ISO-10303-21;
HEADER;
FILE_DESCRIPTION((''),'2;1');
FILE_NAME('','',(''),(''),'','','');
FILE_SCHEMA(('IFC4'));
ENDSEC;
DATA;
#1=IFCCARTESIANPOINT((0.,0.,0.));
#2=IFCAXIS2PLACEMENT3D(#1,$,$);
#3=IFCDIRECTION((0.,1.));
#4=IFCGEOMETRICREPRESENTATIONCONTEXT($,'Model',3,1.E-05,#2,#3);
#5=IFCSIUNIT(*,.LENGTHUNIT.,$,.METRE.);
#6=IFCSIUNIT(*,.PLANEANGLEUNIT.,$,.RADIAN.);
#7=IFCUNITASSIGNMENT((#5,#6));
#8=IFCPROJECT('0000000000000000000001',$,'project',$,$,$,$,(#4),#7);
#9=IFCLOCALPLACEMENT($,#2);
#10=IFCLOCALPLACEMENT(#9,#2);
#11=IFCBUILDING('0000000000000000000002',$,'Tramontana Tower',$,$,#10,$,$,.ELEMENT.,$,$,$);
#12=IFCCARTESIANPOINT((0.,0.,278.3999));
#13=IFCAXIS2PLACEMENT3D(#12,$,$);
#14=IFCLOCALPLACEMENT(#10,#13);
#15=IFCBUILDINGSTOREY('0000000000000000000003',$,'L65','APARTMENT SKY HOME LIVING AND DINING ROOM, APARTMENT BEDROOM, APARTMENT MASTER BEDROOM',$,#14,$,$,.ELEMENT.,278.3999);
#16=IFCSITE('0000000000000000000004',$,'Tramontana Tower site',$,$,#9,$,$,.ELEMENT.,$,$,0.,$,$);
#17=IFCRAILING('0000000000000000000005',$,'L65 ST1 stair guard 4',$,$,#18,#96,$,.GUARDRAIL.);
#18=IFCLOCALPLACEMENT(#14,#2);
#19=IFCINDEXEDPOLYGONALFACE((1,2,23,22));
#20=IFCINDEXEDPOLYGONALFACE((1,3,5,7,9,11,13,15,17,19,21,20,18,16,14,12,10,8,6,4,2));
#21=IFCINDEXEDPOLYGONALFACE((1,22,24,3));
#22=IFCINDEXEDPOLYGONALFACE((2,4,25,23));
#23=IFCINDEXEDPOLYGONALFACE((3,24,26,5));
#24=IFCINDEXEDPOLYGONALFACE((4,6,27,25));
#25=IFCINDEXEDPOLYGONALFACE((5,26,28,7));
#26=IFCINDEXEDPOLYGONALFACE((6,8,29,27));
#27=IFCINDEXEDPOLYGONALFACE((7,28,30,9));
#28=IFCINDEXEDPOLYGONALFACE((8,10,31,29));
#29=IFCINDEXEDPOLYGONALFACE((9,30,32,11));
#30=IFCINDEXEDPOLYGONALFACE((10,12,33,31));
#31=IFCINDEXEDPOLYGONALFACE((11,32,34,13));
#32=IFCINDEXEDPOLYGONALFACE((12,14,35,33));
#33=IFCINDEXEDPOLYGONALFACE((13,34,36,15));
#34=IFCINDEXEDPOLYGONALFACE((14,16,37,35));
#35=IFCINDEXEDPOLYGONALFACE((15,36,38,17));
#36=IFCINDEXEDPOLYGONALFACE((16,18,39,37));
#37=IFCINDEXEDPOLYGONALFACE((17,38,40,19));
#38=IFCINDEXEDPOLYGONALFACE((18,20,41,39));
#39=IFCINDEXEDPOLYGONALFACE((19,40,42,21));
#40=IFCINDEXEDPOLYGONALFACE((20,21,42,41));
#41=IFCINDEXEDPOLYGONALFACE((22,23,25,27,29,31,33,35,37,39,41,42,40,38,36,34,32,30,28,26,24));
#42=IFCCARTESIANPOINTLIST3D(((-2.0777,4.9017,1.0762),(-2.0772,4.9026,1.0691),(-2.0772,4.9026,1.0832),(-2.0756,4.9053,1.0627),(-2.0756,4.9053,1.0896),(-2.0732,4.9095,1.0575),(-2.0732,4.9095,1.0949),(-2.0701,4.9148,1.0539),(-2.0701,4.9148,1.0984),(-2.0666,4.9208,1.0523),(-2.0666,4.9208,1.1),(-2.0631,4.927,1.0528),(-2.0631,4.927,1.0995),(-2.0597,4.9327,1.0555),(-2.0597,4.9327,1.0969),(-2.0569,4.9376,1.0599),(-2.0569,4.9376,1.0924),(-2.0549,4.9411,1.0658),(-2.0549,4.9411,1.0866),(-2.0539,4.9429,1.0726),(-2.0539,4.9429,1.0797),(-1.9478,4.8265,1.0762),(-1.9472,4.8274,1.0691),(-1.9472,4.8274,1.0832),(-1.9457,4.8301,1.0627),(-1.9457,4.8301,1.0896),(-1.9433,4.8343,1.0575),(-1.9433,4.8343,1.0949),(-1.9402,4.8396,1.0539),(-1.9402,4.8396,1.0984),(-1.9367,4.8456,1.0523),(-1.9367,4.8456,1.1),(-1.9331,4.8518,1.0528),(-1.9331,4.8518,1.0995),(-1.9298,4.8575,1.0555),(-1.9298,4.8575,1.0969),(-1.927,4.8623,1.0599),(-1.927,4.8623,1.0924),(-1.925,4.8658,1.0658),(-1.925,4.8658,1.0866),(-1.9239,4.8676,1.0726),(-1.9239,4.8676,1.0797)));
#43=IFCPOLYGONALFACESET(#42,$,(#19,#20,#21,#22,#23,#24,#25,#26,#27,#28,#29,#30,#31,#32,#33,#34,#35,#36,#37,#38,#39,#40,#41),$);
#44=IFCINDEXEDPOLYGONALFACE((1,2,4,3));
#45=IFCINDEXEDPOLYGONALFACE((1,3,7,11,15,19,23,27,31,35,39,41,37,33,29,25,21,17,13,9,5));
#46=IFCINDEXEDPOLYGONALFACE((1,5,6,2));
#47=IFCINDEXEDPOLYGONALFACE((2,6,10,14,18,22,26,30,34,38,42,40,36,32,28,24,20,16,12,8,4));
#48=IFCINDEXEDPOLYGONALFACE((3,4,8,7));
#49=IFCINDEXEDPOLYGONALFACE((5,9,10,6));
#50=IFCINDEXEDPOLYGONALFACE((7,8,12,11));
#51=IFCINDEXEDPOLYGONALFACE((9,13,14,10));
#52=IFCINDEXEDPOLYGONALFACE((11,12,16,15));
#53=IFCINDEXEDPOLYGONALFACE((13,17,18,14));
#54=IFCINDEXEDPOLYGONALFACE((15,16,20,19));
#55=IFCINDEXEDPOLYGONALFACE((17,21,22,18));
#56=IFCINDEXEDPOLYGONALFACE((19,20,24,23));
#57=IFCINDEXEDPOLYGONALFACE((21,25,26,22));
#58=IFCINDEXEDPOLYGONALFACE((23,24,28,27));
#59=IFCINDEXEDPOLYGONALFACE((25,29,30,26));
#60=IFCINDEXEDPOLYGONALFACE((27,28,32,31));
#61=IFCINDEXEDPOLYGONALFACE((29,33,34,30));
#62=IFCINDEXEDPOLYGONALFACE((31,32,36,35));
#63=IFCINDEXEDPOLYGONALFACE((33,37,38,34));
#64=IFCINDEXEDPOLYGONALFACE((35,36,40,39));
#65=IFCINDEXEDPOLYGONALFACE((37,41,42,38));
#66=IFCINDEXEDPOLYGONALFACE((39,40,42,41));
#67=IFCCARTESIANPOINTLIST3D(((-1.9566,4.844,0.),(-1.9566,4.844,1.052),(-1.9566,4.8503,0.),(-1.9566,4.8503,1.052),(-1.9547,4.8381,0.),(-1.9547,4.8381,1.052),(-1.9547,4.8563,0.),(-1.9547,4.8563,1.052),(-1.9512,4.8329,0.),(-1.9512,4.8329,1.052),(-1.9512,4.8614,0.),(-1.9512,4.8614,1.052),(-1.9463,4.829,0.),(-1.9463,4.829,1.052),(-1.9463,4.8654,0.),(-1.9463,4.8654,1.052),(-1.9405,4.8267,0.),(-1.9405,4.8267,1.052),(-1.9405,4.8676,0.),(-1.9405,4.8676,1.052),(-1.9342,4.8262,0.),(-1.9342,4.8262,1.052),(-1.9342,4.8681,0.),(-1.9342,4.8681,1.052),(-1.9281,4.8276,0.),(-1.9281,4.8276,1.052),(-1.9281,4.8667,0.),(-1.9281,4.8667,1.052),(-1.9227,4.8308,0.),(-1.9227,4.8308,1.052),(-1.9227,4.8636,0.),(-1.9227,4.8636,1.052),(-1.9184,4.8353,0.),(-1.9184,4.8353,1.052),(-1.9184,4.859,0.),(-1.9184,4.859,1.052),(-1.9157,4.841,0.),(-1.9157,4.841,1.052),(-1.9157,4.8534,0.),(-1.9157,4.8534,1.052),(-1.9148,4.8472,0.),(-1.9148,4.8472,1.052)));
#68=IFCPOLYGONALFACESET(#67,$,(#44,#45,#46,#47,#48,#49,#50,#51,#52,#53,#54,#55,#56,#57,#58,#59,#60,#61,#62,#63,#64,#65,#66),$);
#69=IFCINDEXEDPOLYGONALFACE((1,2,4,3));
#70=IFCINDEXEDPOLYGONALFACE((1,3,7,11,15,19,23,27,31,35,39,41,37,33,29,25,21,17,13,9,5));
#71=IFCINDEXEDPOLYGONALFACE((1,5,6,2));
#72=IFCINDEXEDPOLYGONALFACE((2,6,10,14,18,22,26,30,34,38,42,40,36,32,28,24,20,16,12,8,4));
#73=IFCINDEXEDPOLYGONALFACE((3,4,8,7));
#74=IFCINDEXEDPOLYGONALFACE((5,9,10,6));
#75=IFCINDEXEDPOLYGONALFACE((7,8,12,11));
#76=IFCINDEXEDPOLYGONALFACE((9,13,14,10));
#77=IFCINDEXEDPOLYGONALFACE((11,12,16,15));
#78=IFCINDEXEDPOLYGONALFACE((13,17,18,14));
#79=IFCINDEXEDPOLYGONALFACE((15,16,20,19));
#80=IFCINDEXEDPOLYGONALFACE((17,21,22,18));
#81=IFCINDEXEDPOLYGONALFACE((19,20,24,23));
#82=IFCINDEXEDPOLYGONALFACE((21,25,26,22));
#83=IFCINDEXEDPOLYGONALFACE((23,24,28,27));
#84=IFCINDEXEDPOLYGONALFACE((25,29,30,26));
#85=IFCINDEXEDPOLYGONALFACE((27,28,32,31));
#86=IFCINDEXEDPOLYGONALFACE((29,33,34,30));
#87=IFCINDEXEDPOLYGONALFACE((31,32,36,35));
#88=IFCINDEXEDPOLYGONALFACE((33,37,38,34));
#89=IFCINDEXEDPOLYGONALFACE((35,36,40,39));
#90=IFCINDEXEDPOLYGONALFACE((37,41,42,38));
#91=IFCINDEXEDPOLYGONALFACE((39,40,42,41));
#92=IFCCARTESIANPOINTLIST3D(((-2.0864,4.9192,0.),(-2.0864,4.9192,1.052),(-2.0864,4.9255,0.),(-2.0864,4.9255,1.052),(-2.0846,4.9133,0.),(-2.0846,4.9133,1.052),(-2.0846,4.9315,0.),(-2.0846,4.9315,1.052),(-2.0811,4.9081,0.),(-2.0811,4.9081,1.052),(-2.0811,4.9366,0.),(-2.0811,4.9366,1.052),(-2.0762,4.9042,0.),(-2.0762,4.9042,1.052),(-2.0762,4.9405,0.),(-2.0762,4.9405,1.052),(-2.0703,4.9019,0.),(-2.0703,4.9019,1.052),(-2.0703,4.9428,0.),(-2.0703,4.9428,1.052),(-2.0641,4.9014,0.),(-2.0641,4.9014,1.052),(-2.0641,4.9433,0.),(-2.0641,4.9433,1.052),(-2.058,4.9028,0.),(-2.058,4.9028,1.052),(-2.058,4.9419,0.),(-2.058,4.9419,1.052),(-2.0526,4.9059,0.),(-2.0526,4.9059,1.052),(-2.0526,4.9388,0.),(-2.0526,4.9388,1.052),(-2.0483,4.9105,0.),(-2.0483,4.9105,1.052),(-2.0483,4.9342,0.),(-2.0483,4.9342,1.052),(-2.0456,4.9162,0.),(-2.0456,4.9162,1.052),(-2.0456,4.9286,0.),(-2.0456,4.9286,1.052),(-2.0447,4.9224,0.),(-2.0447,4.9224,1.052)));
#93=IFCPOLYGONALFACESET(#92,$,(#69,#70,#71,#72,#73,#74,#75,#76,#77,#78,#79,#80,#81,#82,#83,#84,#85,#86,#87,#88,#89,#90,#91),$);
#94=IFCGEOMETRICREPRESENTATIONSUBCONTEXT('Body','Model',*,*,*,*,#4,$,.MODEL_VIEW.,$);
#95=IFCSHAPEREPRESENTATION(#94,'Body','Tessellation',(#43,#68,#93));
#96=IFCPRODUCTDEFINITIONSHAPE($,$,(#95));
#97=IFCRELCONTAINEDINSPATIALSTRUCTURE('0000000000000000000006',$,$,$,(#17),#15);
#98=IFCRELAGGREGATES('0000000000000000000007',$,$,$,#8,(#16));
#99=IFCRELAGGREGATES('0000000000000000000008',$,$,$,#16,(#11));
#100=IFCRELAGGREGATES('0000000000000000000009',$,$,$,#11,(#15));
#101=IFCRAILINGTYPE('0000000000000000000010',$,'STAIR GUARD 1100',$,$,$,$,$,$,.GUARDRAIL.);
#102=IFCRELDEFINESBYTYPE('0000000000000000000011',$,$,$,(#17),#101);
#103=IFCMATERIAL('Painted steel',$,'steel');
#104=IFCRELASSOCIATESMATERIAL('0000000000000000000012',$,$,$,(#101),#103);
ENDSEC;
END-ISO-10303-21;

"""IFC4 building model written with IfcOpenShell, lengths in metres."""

from ifc_helpers import new_model, si_unit, direction, frame, origin, origin_2d, place, context, subcontext, project, spatial, circle, extrude, material, type_object, element, save


model = new_model("IFC4")

# Units and contexts
model_context = context("Model", 3, precision=1e-05, world=origin(), true_north=direction((0.0, 1.0)))
body_context = subcontext(model_context, "Body", "Model", "MODEL_VIEW")
ifc_project = project(units=[si_unit("LENGTHUNIT", "METRE"), si_unit("PLANEANGLEUNIT", "RADIAN")], contexts=[model_context])

# Site, building, storey
site_placement = place(None, origin())
site = spatial("IfcSite", under=ifc_project, at=site_placement, Name="Tramontana Tower site", CompositionType="ELEMENT", RefElevation=0.0)
building_placement = place(site_placement, origin())
building = spatial("IfcBuilding", under=site, at=building_placement, Name="Tramontana Tower", CompositionType="ELEMENT")
storey_placement = place(building_placement, frame((0.0, 0.0, 278.3999)))
storey = spatial("IfcBuildingStorey", under=building, at=storey_placement, Name="L65", Description="APARTMENT SKY HOME LIVING AND DINING ROOM, APARTMENT BEDROOM, APARTMENT MASTER BEDROOM", CompositionType="ELEMENT", Elevation=278.3999)

# Railing
ifc_material_1 = material(Name="Painted steel", Category="steel")
railing_type_1 = type_object("IfcRailingType", Name="STAIR GUARD 1100", PredefinedType="GUARDRAIL", material=ifc_material_1)
railing_1_placement = place(storey_placement, frame((-1.9358, 4.8472, 0.0)))
element("IfcRailing", 1, at=railing_1_placement, inside=storey, type_object=railing_type_1, Name="L65 ST1 stair guard 4", PredefinedType="GUARDRAIL", context=body_context, shape_type="SweptSolid", body=[
    extrude(circle(Radius=0.0239, at=origin_2d()), frame((0.0, 0.0, 1.0762), z_axis=(-0.865426, 0.501036, 0.0), x_axis=(-0.501036, -0.865426, 0.0)), (0.0, 0.0, 1.0), 0.1501),
    extrude(circle(Radius=0.021, at=origin_2d()), origin(), (0.0, 0.0, 1.0), 1.052),
    extrude(circle(Radius=0.021, at=origin_2d()), frame((-0.1299, 0.0752, 0.0)), (0.0, 0.0, 1.0), 1.052),
])

save(model, "model.ifc")
